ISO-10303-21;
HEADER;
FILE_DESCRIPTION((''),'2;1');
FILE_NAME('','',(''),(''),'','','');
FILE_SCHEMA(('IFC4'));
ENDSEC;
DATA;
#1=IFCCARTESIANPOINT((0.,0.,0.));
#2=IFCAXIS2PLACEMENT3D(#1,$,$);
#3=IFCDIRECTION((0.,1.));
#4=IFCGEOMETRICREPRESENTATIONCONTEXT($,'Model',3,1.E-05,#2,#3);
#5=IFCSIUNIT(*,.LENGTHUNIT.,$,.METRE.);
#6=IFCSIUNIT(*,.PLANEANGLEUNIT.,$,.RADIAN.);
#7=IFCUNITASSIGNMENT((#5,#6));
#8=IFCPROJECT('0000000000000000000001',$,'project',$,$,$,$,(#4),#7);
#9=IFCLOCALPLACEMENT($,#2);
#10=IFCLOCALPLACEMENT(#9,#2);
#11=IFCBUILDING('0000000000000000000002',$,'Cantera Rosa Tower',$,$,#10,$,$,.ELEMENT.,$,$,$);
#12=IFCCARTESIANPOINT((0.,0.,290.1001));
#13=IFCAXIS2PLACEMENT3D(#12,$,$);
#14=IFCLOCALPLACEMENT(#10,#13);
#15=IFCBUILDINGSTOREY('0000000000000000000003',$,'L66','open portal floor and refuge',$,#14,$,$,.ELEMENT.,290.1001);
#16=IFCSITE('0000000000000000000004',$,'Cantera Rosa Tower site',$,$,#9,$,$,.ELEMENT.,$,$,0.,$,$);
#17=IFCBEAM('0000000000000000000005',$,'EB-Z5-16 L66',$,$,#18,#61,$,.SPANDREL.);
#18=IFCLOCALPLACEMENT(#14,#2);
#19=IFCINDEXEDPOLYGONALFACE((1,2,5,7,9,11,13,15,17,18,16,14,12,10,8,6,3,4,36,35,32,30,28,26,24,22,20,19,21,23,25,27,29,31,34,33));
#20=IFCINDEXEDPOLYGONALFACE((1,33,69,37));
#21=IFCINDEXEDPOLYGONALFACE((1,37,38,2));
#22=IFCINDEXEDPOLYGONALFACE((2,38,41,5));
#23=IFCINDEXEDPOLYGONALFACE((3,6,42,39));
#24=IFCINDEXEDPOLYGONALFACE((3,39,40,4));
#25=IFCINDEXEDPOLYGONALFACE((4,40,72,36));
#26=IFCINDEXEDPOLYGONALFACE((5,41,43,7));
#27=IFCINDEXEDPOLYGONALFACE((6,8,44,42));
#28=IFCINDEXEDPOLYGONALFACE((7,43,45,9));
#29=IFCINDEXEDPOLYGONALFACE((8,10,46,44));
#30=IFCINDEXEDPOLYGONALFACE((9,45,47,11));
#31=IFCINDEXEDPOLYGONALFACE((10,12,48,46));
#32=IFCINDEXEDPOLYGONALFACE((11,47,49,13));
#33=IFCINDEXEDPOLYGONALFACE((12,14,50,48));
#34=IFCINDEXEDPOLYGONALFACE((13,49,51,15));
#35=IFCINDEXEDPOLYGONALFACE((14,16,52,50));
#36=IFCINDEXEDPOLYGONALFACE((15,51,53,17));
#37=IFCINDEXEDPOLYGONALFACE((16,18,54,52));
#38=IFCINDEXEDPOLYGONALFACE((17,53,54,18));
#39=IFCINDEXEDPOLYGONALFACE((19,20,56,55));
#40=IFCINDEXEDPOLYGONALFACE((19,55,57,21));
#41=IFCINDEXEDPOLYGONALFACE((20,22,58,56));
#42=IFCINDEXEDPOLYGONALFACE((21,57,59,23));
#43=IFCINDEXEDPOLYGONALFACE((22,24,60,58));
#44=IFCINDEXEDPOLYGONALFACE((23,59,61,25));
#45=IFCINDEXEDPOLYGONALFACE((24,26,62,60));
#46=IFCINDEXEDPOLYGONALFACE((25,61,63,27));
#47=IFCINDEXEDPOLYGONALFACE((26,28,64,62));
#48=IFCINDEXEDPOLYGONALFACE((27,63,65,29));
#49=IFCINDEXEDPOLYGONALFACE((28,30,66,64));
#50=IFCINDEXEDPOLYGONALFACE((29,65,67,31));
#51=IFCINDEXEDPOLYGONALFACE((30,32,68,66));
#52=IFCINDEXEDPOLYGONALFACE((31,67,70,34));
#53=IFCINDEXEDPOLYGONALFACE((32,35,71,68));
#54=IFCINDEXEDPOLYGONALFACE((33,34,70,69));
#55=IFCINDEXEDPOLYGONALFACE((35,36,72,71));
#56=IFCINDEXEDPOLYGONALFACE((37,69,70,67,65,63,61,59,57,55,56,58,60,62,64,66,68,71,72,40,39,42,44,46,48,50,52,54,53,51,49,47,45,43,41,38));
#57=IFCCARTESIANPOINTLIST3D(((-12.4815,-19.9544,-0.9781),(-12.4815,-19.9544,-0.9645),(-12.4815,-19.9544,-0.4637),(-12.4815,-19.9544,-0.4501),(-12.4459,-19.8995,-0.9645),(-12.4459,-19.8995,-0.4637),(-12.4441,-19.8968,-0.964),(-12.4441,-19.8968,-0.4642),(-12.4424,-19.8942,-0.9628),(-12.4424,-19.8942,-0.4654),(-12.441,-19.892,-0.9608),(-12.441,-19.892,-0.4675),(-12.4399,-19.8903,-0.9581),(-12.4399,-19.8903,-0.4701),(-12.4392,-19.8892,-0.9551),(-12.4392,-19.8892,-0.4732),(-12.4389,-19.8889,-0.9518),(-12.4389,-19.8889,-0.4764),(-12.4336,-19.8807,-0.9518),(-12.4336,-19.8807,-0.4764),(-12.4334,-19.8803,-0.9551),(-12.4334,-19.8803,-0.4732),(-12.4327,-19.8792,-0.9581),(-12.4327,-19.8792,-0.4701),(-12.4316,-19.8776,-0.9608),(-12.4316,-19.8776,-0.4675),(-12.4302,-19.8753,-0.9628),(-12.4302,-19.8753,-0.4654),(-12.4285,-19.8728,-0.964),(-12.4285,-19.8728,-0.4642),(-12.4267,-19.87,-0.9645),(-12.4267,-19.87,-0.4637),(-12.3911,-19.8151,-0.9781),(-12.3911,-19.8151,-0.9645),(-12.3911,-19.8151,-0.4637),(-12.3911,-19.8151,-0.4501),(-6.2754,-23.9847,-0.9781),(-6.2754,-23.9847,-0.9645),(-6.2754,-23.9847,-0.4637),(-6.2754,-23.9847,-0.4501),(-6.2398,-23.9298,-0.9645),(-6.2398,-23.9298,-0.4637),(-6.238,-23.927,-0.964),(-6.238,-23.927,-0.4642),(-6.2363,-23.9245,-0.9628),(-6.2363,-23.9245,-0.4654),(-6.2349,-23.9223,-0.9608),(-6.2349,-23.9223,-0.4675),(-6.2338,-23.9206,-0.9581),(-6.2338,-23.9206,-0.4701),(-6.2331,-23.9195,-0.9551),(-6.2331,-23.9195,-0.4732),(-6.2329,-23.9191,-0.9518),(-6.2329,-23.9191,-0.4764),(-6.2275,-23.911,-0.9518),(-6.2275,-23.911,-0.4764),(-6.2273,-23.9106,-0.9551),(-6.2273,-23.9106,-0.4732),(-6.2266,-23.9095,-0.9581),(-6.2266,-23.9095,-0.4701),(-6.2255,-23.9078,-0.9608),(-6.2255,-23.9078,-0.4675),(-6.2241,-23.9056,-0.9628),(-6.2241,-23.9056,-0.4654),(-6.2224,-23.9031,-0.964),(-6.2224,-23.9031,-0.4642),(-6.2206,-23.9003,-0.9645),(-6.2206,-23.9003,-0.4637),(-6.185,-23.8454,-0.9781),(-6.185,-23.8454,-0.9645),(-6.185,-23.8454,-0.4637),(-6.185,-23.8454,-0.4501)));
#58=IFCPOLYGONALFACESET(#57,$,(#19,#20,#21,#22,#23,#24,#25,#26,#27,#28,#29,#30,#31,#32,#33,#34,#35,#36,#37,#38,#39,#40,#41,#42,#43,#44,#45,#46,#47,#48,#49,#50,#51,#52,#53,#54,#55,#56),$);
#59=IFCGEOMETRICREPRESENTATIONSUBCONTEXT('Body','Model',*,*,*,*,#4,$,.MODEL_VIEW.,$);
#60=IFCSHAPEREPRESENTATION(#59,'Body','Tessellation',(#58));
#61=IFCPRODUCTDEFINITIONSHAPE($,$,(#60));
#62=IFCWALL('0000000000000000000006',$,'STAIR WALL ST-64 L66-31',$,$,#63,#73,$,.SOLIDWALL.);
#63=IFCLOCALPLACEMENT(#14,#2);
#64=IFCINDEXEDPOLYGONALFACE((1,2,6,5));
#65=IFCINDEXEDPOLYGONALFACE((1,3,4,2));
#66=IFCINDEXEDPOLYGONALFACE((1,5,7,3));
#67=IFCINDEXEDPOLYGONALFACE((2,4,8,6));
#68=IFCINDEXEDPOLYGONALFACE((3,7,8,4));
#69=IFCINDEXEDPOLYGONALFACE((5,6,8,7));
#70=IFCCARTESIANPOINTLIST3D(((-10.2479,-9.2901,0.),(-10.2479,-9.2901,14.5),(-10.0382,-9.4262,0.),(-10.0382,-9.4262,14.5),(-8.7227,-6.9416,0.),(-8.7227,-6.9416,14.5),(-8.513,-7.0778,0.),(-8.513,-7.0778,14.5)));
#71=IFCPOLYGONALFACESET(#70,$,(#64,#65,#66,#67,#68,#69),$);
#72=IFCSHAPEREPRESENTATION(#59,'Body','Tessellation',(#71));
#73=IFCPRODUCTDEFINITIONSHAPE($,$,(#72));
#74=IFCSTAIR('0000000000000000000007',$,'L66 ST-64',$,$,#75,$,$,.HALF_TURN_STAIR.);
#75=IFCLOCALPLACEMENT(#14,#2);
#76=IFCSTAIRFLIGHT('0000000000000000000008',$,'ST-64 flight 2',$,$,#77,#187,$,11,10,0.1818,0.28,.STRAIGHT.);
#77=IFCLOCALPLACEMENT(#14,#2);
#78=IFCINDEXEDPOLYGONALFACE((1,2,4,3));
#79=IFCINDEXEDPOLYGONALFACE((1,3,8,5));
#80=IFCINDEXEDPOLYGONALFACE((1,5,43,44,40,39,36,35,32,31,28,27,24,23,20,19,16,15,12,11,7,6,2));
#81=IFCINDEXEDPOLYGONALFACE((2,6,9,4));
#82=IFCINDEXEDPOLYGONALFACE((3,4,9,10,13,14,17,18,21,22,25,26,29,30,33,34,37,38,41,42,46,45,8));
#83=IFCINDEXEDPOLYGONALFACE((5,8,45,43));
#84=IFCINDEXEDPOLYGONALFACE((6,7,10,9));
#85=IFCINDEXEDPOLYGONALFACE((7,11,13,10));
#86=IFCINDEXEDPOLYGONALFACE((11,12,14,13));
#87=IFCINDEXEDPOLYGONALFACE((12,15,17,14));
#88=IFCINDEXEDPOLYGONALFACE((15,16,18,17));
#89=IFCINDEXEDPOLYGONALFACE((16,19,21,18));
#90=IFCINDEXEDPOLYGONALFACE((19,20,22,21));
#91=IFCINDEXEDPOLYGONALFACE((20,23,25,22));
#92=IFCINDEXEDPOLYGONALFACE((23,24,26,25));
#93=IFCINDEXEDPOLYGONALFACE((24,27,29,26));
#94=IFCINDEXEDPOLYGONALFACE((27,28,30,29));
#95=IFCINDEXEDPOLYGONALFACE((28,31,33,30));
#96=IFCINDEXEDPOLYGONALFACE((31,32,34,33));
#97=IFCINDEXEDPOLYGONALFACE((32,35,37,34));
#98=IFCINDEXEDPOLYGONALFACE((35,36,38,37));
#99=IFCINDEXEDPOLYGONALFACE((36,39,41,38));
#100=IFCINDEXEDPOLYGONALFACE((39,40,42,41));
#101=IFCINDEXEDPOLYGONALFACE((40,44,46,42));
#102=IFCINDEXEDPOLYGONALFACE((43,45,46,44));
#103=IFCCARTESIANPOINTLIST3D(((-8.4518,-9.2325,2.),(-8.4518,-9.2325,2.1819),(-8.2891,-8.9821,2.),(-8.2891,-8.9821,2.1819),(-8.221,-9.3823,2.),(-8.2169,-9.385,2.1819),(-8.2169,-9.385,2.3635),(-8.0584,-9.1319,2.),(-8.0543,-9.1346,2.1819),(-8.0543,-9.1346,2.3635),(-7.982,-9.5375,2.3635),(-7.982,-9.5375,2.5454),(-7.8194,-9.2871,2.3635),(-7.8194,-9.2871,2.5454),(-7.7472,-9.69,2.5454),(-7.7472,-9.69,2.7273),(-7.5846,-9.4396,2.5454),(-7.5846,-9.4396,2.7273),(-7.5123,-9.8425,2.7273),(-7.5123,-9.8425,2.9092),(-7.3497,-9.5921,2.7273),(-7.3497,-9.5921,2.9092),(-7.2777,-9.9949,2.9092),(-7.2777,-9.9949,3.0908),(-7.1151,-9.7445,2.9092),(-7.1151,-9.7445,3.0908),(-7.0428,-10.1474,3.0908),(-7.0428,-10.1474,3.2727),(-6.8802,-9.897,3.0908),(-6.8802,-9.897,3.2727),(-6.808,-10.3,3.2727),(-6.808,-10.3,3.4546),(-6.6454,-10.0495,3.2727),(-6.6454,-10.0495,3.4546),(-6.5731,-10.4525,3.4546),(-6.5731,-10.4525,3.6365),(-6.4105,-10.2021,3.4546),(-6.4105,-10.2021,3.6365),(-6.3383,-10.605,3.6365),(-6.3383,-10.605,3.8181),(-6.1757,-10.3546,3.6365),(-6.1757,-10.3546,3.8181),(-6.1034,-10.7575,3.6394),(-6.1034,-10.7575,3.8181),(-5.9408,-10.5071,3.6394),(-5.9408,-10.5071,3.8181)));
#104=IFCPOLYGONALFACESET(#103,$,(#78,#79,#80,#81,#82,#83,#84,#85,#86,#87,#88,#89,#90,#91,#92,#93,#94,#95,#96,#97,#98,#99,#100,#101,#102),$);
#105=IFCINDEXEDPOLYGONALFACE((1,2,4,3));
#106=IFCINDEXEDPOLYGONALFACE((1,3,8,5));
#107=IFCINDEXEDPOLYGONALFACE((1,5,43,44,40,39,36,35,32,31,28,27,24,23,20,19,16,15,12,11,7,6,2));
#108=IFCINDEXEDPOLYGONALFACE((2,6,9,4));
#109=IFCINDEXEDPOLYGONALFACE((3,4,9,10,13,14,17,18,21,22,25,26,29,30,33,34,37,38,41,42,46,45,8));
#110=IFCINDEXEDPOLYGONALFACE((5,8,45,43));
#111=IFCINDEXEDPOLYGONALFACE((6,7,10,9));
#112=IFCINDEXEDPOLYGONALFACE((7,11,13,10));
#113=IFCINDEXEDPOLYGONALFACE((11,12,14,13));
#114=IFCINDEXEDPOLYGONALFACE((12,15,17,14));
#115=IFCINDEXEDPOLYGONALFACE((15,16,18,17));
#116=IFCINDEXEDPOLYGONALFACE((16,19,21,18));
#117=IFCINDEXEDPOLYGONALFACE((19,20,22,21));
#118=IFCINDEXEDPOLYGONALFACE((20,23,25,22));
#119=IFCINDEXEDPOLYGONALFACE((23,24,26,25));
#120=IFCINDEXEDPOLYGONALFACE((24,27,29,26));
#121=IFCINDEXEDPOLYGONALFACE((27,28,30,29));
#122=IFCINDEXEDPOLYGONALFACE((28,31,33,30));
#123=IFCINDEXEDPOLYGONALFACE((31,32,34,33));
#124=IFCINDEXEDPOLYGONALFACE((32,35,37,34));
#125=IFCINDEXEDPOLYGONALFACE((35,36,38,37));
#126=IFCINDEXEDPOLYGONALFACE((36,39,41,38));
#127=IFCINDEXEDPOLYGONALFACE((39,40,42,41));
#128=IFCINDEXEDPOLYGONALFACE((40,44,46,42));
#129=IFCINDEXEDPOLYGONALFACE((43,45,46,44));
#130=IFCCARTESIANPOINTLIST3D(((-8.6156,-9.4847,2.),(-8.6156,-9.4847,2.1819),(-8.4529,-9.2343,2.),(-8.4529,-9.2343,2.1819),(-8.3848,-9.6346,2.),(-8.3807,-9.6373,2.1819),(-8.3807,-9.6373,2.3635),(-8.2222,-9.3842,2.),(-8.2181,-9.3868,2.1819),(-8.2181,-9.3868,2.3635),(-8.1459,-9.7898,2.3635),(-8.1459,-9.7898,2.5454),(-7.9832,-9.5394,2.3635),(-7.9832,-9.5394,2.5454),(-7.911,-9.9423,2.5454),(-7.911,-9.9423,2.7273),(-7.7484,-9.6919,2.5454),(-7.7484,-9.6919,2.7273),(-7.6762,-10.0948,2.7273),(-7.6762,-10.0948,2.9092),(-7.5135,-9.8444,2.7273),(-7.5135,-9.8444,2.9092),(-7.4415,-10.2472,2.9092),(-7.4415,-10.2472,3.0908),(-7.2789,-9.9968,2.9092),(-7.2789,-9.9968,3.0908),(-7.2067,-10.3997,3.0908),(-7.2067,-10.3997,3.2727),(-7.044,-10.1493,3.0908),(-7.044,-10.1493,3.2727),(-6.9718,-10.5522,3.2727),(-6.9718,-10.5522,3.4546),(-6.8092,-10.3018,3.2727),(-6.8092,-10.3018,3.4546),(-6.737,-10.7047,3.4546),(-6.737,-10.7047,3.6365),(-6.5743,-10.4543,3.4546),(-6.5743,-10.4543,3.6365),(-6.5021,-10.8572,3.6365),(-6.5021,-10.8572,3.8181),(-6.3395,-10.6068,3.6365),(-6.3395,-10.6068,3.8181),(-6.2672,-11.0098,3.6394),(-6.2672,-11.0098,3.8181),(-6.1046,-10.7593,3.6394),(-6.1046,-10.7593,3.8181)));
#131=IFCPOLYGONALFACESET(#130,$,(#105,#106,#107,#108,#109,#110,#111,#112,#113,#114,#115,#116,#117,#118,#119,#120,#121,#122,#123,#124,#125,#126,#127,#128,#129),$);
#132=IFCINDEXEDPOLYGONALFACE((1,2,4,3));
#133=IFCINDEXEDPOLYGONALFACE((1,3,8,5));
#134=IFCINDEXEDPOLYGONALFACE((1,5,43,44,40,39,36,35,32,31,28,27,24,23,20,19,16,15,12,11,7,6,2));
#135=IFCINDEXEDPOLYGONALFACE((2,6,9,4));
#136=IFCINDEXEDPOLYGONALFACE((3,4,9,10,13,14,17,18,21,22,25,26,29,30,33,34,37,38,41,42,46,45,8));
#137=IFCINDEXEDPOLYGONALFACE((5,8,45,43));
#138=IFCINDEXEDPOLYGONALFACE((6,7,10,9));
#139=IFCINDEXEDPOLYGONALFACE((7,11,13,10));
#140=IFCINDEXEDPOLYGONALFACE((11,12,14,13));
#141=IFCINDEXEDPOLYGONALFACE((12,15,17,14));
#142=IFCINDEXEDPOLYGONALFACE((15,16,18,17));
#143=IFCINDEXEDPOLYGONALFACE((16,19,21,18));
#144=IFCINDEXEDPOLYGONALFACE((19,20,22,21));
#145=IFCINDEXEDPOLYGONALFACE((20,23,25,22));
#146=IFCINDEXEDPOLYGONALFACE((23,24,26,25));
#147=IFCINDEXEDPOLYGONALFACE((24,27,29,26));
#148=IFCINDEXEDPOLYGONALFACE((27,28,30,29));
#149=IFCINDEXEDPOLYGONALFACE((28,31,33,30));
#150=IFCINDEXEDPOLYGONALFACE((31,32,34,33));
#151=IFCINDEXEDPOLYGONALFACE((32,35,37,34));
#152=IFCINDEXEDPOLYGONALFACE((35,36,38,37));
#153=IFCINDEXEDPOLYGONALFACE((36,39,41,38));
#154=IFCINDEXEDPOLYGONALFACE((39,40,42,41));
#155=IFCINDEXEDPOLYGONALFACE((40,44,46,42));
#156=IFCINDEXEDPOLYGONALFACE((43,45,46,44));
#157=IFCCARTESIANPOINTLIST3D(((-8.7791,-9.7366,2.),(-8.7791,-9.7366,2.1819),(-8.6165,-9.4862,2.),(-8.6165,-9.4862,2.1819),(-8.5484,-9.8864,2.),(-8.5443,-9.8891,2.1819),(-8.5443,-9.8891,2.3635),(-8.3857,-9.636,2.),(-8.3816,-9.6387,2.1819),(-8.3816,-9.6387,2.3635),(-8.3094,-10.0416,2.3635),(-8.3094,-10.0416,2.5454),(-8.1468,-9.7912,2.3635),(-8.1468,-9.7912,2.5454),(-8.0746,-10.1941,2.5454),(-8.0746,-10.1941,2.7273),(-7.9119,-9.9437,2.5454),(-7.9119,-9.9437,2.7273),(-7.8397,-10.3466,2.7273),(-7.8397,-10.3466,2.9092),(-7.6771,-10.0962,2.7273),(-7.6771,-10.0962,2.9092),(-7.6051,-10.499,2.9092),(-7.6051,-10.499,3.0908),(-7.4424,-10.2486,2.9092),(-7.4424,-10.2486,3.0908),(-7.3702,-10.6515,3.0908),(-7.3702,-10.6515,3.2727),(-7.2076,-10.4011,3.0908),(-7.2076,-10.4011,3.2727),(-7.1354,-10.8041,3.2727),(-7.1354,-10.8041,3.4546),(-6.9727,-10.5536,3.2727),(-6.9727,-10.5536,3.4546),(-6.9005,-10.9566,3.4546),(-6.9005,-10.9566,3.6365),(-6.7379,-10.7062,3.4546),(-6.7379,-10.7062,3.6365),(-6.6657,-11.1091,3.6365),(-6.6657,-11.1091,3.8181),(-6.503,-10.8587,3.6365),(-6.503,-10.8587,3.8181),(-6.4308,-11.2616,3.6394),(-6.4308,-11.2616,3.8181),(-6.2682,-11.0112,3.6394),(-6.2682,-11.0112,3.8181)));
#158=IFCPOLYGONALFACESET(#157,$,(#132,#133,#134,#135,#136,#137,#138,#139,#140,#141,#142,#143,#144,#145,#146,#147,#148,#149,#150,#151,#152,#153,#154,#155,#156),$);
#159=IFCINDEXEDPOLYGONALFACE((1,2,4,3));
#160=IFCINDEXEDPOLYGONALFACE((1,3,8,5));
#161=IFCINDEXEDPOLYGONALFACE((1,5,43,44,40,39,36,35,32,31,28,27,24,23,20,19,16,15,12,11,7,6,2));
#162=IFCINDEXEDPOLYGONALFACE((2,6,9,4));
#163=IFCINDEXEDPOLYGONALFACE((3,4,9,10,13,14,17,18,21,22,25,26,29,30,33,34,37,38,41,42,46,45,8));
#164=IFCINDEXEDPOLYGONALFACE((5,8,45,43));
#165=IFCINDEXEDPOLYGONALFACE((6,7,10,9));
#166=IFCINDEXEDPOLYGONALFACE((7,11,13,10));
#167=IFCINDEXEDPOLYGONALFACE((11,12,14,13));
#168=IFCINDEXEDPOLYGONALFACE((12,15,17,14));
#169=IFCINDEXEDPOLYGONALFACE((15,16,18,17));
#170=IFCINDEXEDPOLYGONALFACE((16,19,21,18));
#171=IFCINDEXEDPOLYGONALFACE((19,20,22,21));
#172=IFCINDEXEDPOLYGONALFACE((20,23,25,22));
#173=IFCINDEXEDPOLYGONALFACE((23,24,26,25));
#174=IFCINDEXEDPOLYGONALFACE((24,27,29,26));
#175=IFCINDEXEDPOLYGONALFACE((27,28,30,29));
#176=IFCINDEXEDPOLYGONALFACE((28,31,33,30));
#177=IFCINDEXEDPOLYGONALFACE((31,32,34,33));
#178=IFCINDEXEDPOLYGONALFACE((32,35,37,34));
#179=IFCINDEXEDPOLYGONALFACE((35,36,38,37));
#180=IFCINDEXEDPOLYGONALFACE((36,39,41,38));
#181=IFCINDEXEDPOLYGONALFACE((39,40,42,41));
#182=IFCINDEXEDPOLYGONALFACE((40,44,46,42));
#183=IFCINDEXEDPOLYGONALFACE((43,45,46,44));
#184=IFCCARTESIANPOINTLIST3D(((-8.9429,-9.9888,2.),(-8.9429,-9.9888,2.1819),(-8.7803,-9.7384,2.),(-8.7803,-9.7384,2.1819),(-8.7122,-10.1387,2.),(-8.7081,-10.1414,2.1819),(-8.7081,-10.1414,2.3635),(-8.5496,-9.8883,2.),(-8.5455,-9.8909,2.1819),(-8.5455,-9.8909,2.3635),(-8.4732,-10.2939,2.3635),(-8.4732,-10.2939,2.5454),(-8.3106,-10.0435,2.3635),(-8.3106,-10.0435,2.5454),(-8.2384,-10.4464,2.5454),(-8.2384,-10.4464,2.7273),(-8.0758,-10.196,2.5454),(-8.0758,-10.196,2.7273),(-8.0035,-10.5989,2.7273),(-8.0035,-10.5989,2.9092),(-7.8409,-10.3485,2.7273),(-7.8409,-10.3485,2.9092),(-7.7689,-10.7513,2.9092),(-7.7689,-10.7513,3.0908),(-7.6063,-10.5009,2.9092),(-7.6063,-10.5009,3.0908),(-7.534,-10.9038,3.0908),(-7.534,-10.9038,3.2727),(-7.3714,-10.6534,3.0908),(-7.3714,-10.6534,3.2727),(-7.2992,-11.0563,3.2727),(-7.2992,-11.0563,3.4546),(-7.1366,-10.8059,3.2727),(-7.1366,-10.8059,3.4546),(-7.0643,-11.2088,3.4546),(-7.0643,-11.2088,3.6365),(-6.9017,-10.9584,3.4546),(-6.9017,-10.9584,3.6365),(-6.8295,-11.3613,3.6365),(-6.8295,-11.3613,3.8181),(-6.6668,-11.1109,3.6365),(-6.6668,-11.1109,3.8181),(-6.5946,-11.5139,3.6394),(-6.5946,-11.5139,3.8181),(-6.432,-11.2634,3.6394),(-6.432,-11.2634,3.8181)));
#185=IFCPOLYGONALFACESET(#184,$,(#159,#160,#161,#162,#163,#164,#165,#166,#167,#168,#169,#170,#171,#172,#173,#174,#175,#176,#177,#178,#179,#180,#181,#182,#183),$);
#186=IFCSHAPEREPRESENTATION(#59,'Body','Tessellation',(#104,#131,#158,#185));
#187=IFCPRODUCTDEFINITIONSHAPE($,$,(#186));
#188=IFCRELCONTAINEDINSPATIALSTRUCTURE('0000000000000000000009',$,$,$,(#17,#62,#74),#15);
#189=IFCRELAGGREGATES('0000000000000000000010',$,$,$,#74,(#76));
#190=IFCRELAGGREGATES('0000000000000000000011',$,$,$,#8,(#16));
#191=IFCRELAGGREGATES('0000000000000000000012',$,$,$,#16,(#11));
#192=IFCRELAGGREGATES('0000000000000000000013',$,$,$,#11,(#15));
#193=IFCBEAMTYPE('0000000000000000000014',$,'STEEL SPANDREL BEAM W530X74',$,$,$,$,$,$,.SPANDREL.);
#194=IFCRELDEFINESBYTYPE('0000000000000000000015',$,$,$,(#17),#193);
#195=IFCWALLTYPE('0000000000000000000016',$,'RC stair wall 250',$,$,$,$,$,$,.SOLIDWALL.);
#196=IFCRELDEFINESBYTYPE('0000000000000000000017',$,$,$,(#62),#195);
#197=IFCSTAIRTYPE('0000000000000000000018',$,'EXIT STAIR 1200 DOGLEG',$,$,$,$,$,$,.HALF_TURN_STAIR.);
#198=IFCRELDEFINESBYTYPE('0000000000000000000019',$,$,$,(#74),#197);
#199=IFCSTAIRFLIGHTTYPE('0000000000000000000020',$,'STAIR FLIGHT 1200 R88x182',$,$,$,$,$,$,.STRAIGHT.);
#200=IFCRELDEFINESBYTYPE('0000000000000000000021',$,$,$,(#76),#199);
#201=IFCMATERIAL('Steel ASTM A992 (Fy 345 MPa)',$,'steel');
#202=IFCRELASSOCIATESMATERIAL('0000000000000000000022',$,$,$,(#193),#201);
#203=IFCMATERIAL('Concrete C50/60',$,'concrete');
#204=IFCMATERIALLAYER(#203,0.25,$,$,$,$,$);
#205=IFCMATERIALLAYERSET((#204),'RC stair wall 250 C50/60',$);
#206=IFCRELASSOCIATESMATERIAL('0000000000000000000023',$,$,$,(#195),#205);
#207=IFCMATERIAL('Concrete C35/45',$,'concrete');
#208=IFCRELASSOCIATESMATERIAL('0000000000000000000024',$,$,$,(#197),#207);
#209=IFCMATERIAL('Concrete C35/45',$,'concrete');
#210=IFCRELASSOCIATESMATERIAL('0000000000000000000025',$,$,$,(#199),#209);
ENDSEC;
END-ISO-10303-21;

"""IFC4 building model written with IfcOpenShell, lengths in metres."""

from ifc_helpers import new_model, si_unit, direction, frame, frame_2d, origin, origin_2d, place, context, subcontext, project, spatial, polyline, rectangle, i_section, outline, extrude, material, layer, layer_set, material_profile, profile_set, type_object, element, aggregate, save


model = new_model("IFC4")

# Units and contexts
model_context = context("Model", 3, precision=1e-05, world=origin(), true_north=direction((0.0, 1.0)))
body_context = subcontext(model_context, "Body", "Model", "MODEL_VIEW")
ifc_project = project(units=[si_unit("LENGTHUNIT", "METRE"), si_unit("PLANEANGLEUNIT", "RADIAN")], contexts=[model_context])

# Site, building, storey
site_placement = place(None, origin())
site = spatial("IfcSite", under=ifc_project, at=site_placement, Name="Cantera Rosa Tower site", CompositionType="ELEMENT", RefElevation=0.0)
building_placement = place(site_placement, origin())
building = spatial("IfcBuilding", under=site, at=building_placement, Name="Cantera Rosa Tower", CompositionType="ELEMENT")
storey_placement = place(building_placement, frame((0.0, 0.0, 290.1001)))
storey = spatial("IfcBuildingStorey", under=building, at=storey_placement, Name="L66", Description="open portal floor and refuge", CompositionType="ELEMENT", Elevation=290.1001)

# Beam
ifc_material_1 = material(Name="Steel ASTM A992 (Fy 345 MPa)", Category="steel")
ifc_material_profile_1 = material_profile(ifc_material_1, i_section(OverallWidth=0.166, OverallDepth=0.5281, WebThickness=0.0098, FlangeThickness=0.0137, FilletRadius=0.0127, at=origin_2d()), Name="W530X74")
ifc_profile_set_1 = profile_set([ifc_material_profile_1], Name="Steel ASTM A992 (Fy 345 MPa)")
beam_type_1 = type_object("IfcBeamType", Name="STEEL SPANDREL BEAM W530X74", PredefinedType="SPANDREL", material=ifc_profile_set_1)
beam_1_placement = place(storey_placement, frame((-12.4363, -19.8848, -0.7141), z_axis=(0.83867, -0.54464, 0.0), x_axis=(0.54464, 0.83867, 0.0)))
element("IfcBeam", 1, at=beam_1_placement, inside=storey, type_object=beam_type_1, Name="EB-Z5-16 L66", PredefinedType="SPANDREL", context=body_context, shape_type="SweptSolid", body=[
    extrude(i_section(OverallWidth=0.166, OverallDepth=0.5281, WebThickness=0.0098, FlangeThickness=0.0137, FilletRadius=0.0127, at=origin_2d()), origin(), (0.0, 0.0, 1.0), 7.3999),
])

# Wall
ifc_material_2 = material(Name="Concrete C50/60", Category="concrete")
ifc_layer = layer(ifc_material_2, 0.25)
ifc_layer_set = layer_set([ifc_layer], Name="RC stair wall 250 C50/60")
wall_type = type_object("IfcWallType", Name="RC stair wall 250", PredefinedType="SOLIDWALL", material=ifc_layer_set)
wall_placement = place(storey_placement, frame((-10.1431, -9.3582, 0.0), z_axis=(0.0, 0.0, 1.0), x_axis=(0.54466, 0.838657, 0.0)))
element("IfcWall", 2, at=wall_placement, inside=storey, type_object=wall_type, Name="STAIR WALL ST-64 L66-31", PredefinedType="SOLIDWALL", context=body_context, shape_type="SweptSolid", body=[
    extrude(rectangle(XDim=2.8003, YDim=0.25, at=frame_2d((1.4001, 0.0))), origin(), (0.0, 0.0, 1.0), 14.5),
])

# Stair, stair flight
ifc_material_3 = material(Name="Concrete C35/45", Category="concrete")
stair_type = type_object("IfcStairType", Name="EXIT STAIR 1200 DOGLEG", PredefinedType="HALF_TURN_STAIR", material=ifc_material_3)
stair_placement = place(storey_placement, origin())
stair = element("IfcStair", 3, at=stair_placement, inside=storey, type_object=stair_type, Name="L66 ST-64", PredefinedType="HALF_TURN_STAIR")
ifc_material_4 = material(Name="Concrete C35/45", Category="concrete")
stair_flight_type = type_object("IfcStairFlightType", Name="STAIR FLIGHT 1200 R88x182", PredefinedType="STRAIGHT", material=ifc_material_4)
stair_flight_1_placement = place(storey_placement, frame((-8.616, -9.4854, 2.0), z_axis=(0.0, 0.0, 1.0), x_axis=(0.838671, -0.544639, 0.0)))
stair_flight_1 = element("IfcStairFlight", 4, at=stair_flight_1_placement, type_object=stair_flight_type, Name="ST-64 flight 2", NumberOfRisers=11, NumberOfTreads=10, PredefinedType="STRAIGHT", RiserHeight=0.1818, TreadLength=0.28, context=body_context, shape_type="SweptSolid", body=[
    extrude(outline(polyline([(0.0, 0.0), (0.0, 0.1819), (0.28, 0.1819), (0.28, 0.3635), (0.5601, 0.3635), (0.5601, 0.5454), (0.8401, 0.5454), (0.8401, 0.7273), (1.1201, 0.7273), (1.1201, 0.9092), (1.3999, 0.9092), (1.3999, 1.0908), (1.6799, 1.0908), (1.6799, 1.2727), (1.96, 1.2727), (1.96, 1.4546), (2.24, 1.4546), (2.24, 1.6365), (2.52, 1.6365), (2.52, 1.8181), (2.8, 1.8181), (2.8, 2.0), (2.8, 1.6394), (0.2751, 0.0), (0.0, 0.0)])), frame((0.0, 0.6001, 0.0), z_axis=(0.0, -1.0, 0.0), x_axis=(1.0, 0.0, 0.0)), (0.0, 0.0, 1.0), 0.2986),
    extrude(outline(polyline([(0.0, 0.0), (0.0, 0.1819), (0.28, 0.1819), (0.28, 0.3635), (0.5601, 0.3635), (0.5601, 0.5454), (0.8401, 0.5454), (0.8401, 0.7273), (1.1201, 0.7273), (1.1201, 0.9092), (1.3999, 0.9092), (1.3999, 1.0908), (1.6799, 1.0908), (1.6799, 1.2727), (1.96, 1.2727), (1.96, 1.4546), (2.24, 1.4546), (2.24, 1.6365), (2.52, 1.6365), (2.52, 1.8181), (2.8, 1.8181), (2.8, 2.0), (2.8, 1.6394), (0.2751, 0.0), (0.0, 0.0)])), frame((0.0, 0.2993, 0.0), z_axis=(0.0, -1.0, 0.0), x_axis=(1.0, 0.0, 0.0)), (0.0, 0.0, 1.0), 0.2986),
    extrude(outline(polyline([(0.0, 0.0), (0.0, 0.1819), (0.28, 0.1819), (0.28, 0.3635), (0.5601, 0.3635), (0.5601, 0.5454), (0.8401, 0.5454), (0.8401, 0.7273), (1.1201, 0.7273), (1.1201, 0.9092), (1.3999, 0.9092), (1.3999, 1.0908), (1.6799, 1.0908), (1.6799, 1.2727), (1.96, 1.2727), (1.96, 1.4546), (2.24, 1.4546), (2.24, 1.6365), (2.52, 1.6365), (2.52, 1.8181), (2.8, 1.8181), (2.8, 2.0), (2.8, 1.6394), (0.2751, 0.0), (0.0, 0.0)])), frame((0.0, -0.001, 0.0), z_axis=(0.0, -1.0, 0.0), x_axis=(1.0, 0.0, 0.0)), (0.0, 0.0, 1.0), 0.2986),
    extrude(outline(polyline([(0.0, 0.0), (0.0, 0.1819), (0.28, 0.1819), (0.28, 0.3635), (0.5601, 0.3635), (0.5601, 0.5454), (0.8401, 0.5454), (0.8401, 0.7273), (1.1201, 0.7273), (1.1201, 0.9092), (1.3999, 0.9092), (1.3999, 1.0908), (1.6799, 1.0908), (1.6799, 1.2727), (1.96, 1.2727), (1.96, 1.4546), (2.24, 1.4546), (2.24, 1.6365), (2.52, 1.6365), (2.52, 1.8181), (2.8, 1.8181), (2.8, 2.0), (2.8, 1.6394), (0.2751, 0.0), (0.0, 0.0)])), frame((0.0, -0.3018, 0.0), z_axis=(0.0, -1.0, 0.0), x_axis=(1.0, 0.0, 0.0)), (0.0, 0.0, 1.0), 0.2986),
])
aggregate(stair, [stair_flight_1])

save(model, "model.ifc")
